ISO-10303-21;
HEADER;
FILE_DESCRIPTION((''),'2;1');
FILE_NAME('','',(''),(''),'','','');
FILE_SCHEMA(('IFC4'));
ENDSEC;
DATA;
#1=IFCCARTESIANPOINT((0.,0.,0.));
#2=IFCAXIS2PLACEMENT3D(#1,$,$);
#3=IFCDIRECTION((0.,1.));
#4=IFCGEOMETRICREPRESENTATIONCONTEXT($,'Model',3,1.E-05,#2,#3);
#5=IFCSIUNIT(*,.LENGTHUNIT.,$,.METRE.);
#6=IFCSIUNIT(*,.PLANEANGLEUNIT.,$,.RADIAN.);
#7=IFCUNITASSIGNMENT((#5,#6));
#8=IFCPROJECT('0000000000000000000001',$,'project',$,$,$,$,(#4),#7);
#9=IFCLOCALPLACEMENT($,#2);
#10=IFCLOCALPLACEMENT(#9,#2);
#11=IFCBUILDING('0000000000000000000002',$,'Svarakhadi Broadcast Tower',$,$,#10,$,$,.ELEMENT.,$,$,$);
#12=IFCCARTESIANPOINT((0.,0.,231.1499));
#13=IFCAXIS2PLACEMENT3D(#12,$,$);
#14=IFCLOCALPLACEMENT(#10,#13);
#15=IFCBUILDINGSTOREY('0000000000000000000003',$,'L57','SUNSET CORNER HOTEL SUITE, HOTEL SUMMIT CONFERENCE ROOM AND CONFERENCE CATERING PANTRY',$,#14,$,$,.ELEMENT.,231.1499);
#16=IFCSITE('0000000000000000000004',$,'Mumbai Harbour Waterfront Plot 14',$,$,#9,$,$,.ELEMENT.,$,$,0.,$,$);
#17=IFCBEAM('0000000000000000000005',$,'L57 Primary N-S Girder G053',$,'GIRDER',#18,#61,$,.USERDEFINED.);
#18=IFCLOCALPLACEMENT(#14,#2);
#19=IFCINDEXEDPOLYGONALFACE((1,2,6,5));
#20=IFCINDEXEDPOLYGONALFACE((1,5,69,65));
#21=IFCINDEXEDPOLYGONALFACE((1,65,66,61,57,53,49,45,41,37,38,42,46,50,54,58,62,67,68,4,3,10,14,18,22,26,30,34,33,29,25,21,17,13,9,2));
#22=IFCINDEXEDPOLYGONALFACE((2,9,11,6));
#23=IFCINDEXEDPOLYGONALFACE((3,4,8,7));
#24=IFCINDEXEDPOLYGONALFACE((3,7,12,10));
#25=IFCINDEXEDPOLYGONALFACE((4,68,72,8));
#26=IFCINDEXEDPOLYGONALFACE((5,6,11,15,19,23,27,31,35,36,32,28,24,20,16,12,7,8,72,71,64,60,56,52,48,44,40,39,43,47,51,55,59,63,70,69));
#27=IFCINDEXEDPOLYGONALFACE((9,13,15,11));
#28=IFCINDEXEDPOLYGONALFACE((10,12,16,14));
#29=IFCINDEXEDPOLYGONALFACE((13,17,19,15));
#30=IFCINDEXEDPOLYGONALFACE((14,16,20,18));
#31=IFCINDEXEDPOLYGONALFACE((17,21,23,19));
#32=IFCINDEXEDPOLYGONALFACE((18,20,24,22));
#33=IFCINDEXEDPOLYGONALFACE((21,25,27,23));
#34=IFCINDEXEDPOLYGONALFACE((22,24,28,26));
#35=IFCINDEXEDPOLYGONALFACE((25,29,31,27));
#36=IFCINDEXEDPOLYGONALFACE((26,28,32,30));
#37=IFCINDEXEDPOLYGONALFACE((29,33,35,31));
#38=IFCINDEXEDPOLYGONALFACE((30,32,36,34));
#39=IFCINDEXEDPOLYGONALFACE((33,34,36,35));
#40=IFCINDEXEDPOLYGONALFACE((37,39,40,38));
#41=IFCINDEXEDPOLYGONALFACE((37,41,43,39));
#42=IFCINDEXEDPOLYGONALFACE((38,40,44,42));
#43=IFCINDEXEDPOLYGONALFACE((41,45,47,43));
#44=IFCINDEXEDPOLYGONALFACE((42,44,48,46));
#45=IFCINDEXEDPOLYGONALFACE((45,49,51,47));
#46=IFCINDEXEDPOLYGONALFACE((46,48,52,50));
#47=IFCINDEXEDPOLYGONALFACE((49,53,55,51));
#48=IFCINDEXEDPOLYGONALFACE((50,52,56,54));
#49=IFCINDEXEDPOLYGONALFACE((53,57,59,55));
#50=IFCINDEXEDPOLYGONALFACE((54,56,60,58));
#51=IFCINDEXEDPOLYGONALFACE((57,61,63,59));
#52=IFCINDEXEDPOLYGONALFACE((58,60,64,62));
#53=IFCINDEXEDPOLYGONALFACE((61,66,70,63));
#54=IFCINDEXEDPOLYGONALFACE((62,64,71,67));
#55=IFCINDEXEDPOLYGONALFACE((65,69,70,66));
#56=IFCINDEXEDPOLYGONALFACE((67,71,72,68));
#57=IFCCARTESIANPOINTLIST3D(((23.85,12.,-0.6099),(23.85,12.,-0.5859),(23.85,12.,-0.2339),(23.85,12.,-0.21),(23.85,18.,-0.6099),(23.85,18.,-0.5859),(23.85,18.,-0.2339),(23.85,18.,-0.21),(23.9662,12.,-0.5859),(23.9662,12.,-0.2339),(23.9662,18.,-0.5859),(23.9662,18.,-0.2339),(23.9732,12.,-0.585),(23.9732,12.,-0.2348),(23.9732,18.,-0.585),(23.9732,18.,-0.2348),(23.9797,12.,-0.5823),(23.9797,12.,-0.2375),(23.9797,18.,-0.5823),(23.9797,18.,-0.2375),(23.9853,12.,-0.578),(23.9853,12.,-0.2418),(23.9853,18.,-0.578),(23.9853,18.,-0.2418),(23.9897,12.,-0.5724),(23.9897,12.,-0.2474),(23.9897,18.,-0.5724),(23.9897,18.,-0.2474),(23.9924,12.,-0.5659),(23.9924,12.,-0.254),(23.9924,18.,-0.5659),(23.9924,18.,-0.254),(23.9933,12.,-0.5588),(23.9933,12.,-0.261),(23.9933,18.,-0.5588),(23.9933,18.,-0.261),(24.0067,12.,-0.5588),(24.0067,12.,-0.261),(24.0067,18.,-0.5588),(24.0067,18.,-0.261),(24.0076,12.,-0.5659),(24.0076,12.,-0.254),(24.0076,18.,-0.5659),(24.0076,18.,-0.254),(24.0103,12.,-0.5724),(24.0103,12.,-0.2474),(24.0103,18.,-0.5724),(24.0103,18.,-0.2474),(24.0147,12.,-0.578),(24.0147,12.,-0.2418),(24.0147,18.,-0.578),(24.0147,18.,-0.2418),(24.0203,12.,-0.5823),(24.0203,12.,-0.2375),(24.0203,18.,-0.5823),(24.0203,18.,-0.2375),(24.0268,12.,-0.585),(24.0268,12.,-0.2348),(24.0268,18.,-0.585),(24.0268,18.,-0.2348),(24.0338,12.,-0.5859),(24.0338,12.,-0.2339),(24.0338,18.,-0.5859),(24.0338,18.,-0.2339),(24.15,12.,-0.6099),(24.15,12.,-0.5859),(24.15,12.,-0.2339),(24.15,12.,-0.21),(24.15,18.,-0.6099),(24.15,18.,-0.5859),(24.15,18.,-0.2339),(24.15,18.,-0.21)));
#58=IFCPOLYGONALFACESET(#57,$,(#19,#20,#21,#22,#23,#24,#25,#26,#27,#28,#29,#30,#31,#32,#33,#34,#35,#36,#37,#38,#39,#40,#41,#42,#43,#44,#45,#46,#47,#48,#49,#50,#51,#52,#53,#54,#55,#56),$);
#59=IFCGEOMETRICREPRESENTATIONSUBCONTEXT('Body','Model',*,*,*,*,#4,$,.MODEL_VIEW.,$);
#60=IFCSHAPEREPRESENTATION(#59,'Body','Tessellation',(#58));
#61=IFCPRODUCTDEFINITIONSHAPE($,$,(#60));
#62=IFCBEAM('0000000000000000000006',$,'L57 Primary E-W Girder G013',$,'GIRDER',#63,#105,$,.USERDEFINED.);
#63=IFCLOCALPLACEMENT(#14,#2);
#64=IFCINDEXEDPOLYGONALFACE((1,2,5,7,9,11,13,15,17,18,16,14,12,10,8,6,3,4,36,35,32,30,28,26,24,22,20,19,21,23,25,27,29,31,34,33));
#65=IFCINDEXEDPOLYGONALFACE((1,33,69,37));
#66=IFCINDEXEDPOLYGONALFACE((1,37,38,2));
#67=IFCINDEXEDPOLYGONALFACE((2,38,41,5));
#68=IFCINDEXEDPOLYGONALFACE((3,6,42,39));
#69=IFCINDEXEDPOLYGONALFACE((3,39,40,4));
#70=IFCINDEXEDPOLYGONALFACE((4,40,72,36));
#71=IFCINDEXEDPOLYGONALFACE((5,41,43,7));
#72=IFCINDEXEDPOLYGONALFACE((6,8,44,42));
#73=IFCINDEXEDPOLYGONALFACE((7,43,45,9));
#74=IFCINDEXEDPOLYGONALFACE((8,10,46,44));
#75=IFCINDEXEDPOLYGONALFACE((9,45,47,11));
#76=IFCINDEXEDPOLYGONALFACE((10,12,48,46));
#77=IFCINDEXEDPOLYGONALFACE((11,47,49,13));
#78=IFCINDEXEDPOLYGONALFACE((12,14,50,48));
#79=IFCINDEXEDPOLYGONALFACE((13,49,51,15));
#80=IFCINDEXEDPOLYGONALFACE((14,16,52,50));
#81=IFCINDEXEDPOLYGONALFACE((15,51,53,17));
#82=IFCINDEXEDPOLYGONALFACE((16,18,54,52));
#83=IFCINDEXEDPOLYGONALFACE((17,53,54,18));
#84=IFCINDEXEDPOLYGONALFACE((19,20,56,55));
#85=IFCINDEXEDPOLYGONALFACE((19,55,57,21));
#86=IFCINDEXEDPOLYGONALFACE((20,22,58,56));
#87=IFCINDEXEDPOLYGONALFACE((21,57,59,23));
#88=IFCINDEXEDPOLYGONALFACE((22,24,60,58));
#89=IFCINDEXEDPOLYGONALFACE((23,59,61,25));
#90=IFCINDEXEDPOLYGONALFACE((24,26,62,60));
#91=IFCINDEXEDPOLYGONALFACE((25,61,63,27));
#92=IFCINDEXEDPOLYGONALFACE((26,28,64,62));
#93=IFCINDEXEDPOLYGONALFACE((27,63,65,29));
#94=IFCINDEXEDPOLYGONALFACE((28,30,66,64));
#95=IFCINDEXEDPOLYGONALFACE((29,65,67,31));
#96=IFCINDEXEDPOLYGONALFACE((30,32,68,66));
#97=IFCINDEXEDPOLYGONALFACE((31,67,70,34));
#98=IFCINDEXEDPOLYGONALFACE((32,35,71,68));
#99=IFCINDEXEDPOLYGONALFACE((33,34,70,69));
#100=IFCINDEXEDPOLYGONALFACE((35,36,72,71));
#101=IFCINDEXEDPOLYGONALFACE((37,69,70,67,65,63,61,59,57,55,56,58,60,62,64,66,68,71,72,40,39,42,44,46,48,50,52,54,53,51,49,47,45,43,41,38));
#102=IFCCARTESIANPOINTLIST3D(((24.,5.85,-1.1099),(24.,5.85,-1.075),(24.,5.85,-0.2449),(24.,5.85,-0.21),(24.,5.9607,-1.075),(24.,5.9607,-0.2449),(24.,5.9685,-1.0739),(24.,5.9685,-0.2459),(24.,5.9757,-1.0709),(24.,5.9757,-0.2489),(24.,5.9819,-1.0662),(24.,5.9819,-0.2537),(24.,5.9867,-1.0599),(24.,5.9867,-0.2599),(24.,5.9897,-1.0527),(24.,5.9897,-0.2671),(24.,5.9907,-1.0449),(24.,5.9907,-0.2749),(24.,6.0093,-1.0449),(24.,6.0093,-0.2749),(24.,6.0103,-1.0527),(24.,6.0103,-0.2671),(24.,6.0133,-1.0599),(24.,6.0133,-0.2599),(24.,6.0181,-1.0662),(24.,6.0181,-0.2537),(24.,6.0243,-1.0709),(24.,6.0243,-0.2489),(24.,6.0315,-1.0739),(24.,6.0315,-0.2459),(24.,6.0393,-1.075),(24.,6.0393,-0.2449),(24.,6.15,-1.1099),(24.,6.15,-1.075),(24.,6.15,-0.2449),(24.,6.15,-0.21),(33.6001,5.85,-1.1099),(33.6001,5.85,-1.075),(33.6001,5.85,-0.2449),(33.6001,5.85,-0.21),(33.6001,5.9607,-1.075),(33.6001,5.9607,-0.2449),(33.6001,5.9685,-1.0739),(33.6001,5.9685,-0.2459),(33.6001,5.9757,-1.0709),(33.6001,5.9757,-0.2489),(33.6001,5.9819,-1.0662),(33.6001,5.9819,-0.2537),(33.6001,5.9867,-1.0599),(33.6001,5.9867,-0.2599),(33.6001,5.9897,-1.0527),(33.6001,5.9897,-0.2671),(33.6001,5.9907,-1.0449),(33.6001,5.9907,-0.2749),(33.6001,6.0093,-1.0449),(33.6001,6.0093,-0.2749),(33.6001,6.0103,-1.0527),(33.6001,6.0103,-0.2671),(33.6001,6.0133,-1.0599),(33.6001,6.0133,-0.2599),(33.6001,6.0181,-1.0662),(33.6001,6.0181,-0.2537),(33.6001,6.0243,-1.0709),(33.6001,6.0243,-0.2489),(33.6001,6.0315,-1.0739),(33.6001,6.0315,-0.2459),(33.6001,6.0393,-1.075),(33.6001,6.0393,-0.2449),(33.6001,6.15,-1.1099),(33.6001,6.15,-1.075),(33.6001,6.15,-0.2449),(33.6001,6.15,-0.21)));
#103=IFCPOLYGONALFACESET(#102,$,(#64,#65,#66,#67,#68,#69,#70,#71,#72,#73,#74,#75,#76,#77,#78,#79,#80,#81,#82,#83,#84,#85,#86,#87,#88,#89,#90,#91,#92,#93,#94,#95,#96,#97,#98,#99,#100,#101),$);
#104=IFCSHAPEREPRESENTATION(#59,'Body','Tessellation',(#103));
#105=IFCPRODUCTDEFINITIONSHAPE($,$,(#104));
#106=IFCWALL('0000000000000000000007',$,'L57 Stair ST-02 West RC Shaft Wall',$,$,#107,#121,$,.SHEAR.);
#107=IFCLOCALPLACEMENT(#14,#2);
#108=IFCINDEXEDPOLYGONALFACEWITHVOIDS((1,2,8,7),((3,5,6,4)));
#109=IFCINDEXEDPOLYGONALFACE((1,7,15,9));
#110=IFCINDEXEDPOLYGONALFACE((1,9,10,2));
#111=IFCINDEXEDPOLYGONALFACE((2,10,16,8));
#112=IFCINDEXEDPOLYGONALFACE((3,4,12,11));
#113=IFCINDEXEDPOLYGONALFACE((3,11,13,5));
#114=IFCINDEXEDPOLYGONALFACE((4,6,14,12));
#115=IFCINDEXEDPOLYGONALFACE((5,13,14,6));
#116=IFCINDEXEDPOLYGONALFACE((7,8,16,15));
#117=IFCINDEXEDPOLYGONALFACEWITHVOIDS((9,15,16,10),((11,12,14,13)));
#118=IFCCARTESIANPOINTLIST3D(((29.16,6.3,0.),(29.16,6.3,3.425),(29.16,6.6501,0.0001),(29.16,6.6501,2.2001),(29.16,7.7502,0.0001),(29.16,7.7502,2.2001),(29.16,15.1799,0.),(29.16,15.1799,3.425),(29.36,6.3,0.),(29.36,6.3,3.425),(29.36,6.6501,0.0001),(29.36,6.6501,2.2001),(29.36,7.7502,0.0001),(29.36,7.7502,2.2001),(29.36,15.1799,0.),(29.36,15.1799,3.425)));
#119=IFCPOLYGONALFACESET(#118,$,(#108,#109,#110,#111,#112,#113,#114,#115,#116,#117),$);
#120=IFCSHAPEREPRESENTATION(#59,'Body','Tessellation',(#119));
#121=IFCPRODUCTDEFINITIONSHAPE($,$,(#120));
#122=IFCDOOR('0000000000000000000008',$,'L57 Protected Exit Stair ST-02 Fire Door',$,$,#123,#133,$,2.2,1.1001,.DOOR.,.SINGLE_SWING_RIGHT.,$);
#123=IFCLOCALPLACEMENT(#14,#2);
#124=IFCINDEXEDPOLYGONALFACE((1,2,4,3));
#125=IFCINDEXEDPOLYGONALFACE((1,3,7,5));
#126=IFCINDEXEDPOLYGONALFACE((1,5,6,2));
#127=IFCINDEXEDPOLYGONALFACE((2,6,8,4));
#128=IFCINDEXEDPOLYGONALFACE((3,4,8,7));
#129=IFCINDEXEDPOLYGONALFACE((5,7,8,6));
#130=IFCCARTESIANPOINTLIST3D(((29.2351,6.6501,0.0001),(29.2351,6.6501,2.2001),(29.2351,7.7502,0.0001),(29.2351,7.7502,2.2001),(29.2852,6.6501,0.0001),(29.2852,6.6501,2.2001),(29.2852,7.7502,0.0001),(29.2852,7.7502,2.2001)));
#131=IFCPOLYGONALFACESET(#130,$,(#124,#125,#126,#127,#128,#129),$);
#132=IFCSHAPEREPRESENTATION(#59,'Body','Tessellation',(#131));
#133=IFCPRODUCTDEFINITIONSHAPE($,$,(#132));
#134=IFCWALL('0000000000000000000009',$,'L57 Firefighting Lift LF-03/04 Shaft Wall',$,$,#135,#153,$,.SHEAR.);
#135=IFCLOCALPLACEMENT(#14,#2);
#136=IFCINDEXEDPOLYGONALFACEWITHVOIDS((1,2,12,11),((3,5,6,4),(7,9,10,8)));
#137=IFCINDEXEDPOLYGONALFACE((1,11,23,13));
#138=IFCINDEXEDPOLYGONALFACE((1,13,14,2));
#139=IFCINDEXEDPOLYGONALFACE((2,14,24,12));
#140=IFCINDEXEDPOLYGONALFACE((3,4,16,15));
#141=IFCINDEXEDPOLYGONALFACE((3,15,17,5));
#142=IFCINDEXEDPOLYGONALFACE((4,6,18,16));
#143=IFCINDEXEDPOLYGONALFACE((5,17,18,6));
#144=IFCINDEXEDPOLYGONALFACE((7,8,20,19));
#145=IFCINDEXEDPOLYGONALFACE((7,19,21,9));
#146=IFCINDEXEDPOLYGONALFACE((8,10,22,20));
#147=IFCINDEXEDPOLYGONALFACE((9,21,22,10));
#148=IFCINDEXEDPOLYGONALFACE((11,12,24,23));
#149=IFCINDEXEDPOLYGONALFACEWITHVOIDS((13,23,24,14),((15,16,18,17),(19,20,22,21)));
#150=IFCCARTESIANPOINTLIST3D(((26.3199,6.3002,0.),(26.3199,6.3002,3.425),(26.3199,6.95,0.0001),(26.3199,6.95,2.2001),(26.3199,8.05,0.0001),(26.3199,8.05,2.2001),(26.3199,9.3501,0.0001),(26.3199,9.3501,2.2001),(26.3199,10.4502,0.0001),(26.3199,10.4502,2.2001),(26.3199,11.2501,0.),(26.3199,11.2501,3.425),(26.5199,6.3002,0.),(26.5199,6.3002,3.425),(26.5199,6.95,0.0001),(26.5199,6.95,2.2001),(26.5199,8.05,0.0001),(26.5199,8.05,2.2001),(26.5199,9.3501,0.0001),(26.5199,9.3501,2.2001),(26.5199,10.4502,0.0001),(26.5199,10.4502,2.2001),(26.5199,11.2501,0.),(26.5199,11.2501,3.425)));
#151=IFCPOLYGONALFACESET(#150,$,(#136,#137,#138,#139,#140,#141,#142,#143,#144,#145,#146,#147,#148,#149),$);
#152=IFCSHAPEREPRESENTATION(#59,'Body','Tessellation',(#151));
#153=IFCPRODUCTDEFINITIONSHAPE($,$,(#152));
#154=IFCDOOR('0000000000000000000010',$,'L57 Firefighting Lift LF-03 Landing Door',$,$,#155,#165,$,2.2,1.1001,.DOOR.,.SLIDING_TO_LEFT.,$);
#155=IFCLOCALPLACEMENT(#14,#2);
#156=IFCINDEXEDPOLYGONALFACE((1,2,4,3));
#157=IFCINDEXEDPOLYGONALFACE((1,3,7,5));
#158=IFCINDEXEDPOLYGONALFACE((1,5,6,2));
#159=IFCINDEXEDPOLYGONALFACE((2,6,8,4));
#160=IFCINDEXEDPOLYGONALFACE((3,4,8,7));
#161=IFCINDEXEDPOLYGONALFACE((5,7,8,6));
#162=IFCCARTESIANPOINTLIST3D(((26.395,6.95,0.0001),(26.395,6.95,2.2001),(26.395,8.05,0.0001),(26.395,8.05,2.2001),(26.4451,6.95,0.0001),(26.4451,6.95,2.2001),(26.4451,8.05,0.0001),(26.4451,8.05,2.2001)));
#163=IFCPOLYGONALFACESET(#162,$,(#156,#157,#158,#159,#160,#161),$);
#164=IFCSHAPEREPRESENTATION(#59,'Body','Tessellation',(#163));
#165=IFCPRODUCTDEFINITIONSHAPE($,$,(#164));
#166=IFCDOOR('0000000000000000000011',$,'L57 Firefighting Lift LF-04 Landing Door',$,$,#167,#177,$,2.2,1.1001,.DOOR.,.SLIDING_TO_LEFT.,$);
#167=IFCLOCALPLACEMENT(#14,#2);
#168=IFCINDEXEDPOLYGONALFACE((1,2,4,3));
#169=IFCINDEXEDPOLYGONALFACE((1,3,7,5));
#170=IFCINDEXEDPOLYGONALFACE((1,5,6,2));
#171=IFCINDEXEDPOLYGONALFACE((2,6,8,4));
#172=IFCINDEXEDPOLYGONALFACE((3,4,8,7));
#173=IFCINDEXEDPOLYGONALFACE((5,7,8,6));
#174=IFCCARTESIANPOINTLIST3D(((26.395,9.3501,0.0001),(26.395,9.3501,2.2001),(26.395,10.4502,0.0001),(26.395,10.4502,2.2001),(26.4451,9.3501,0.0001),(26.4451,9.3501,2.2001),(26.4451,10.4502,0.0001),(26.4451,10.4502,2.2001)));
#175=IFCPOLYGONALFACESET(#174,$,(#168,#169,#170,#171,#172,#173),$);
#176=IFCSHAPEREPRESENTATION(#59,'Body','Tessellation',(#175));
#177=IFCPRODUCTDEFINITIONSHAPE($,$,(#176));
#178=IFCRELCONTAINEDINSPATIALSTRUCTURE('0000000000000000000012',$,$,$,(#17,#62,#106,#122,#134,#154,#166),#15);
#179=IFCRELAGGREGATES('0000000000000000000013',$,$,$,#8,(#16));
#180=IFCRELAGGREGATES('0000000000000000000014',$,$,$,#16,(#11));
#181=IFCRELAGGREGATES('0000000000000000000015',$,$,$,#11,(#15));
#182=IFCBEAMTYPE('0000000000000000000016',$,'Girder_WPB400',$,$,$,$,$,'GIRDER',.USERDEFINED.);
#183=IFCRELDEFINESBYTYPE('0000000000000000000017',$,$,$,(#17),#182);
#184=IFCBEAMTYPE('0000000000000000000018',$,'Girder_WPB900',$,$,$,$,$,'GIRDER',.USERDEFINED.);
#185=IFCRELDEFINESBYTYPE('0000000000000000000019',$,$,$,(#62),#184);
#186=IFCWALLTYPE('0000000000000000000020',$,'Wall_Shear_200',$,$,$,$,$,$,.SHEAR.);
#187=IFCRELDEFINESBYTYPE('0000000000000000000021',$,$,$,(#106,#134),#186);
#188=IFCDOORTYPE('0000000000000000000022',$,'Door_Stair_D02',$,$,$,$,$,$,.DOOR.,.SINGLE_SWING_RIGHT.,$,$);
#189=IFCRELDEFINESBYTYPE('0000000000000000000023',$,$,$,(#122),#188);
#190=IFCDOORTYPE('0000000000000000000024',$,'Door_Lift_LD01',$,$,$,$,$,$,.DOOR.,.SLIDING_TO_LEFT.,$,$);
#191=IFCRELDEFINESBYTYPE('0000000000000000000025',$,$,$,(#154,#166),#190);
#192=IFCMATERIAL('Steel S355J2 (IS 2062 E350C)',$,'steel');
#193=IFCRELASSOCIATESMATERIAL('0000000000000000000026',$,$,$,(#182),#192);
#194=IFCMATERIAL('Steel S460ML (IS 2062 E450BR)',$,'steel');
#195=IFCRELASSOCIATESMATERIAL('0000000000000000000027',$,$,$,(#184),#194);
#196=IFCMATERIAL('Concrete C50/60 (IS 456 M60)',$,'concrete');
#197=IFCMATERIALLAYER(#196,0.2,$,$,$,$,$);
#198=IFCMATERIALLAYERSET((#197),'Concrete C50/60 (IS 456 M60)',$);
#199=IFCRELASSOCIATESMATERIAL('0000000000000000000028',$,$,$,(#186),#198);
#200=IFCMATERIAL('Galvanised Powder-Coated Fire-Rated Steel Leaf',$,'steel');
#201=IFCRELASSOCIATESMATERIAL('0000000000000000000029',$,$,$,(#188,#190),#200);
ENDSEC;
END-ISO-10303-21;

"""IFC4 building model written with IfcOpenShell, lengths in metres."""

from ifc_helpers import new_model, si_unit, direction, frame, frame_2d, origin, origin_2d, place, context, subcontext, project, spatial, rectangle, i_section, extrude, material, layer, layer_set, material_profile, profile_set, type_object, element, fill, save


model = new_model("IFC4")

# Units and contexts
model_context = context("Model", 3, precision=1e-05, world=origin(), true_north=direction((0.0, 1.0)))
body_context = subcontext(model_context, "Body", "Model", "MODEL_VIEW")
ifc_project = project(units=[si_unit("LENGTHUNIT", "METRE"), si_unit("PLANEANGLEUNIT", "RADIAN")], contexts=[model_context])

# Site, building, storey
site_placement = place(None, origin())
site = spatial("IfcSite", under=ifc_project, at=site_placement, Name="Mumbai Harbour Waterfront Plot 14", CompositionType="ELEMENT", RefElevation=0.0)
building_placement = place(site_placement, origin())
building = spatial("IfcBuilding", under=site, at=building_placement, Name="Svarakhadi Broadcast Tower", CompositionType="ELEMENT")
storey_placement = place(building_placement, frame((0.0, 0.0, 231.1499)))
storey = spatial("IfcBuildingStorey", under=building, at=storey_placement, Name="L57", Description="SUNSET CORNER HOTEL SUITE, HOTEL SUMMIT CONFERENCE ROOM AND CONFERENCE CATERING PANTRY", CompositionType="ELEMENT", Elevation=231.1499)

# Shared definitions
ifc_material_1 = material(Name="Concrete C50/60 (IS 456 M60)", Category="concrete")
ifc_material_2 = material(Name="Steel S460ML (IS 2062 E450BR)", Category="steel")

# Beams
ifc_material_3 = material(Name="Steel S355J2 (IS 2062 E350C)", Category="steel")
ifc_material_profile_1 = material_profile(ifc_material_3, i_section(OverallWidth=0.3, OverallDepth=0.3999, WebThickness=0.0134, FlangeThickness=0.0239, FilletRadius=0.0271, at=origin_2d()), Name="WPB 400x300x155")
ifc_profile_set_1 = profile_set([ifc_material_profile_1], Name="Steel S355J2 (IS 2062 E350C)")
beam_type_1 = type_object("IfcBeamType", Name="Girder_WPB400", ElementType="GIRDER", PredefinedType="USERDEFINED", material=ifc_profile_set_1)
for number, where, z_axis, x_axis, name in (
    (1, (24.0, 12.0, -0.4099), (0.0, 1.0, 0.0), (-1.0, 0.0, 0.0), "L57 Primary N-S Girder G053"),
):
    element("IfcBeam", number, at=place(storey_placement, frame(where, z_axis=z_axis, x_axis=x_axis)), inside=storey, type_object=beam_type_1, Name=name, ObjectType="GIRDER", PredefinedType="USERDEFINED", context=body_context, shape_type="SweptSolid", body=[
        extrude(i_section(OverallWidth=0.3, OverallDepth=0.3999, WebThickness=0.0134, FlangeThickness=0.0239, FilletRadius=0.0271, at=origin_2d()), origin(), (0.0, 0.0, 1.0), 6.0),
    ])
ifc_material_profile_2 = material_profile(ifc_material_2, i_section(OverallWidth=0.3, OverallDepth=0.8999, WebThickness=0.0186, FlangeThickness=0.0349, FilletRadius=0.03, at=origin_2d()), Name="WPB 900x300x291")
ifc_profile_set_2 = profile_set([ifc_material_profile_2], Name="Steel S460ML (IS 2062 E450BR)")
beam_type_2 = type_object("IfcBeamType", Name="Girder_WPB900", ElementType="GIRDER", PredefinedType="USERDEFINED", material=ifc_profile_set_2)
beam_1_placement = place(storey_placement, frame((24.0, 6.0, -0.6599), z_axis=(1.0, 0.0, 0.0), x_axis=(0.0, 1.0, 0.0)))
element("IfcBeam", 2, at=beam_1_placement, inside=storey, type_object=beam_type_2, Name="L57 Primary E-W Girder G013", ObjectType="GIRDER", PredefinedType="USERDEFINED", context=body_context, shape_type="SweptSolid", body=[
    extrude(i_section(OverallWidth=0.3, OverallDepth=0.8999, WebThickness=0.0186, FlangeThickness=0.0349, FilletRadius=0.03, at=origin_2d()), origin(), (0.0, 0.0, 1.0), 9.6001),
])

# Wall, opening, door
ifc_layer_1 = layer(ifc_material_1, 0.2)
ifc_layer_set_1 = layer_set([ifc_layer_1], Name="Concrete C50/60 (IS 456 M60)")
wall_type_1 = type_object("IfcWallType", Name="Wall_Shear_200", PredefinedType="SHEAR", material=ifc_layer_set_1)
wall_1_placement = place(storey_placement, frame((29.26, 6.3, 0.0), z_axis=(0.0, 0.0, 1.0), x_axis=(0.0, 1.0, 0.0)))
wall_1 = element("IfcWall", 3, at=wall_1_placement, inside=storey, type_object=wall_type_1, Name="L57 Stair ST-02 West RC Shaft Wall", PredefinedType="SHEAR", context=body_context, shape_type="SweptSolid", body=[
    extrude(rectangle(XDim=8.8799, YDim=0.2, at=frame_2d((4.4399, 0.0))), origin(), (0.0, 0.0, 1.0), 3.425),
])
opening_1_placement = place(wall_1_placement, frame((0.3501, 0.0, 0.0)))
opening_1 = element("IfcOpeningElement", 4, at=opening_1_placement, cuts=wall_1, PredefinedType="OPENING", context=body_context, shape_type="SweptSolid", body=[
    extrude(rectangle(XDim=1.1001, YDim=2.2, at=frame_2d((0.55, 1.1001))), frame((0.0, 0.1099, 0.0), z_axis=(0.0, -1.0, 0.0), x_axis=(1.0, 0.0, 0.0)), (0.0, 0.0, 1.0), 0.22),
])
ifc_material_4 = material(Name="Galvanised Powder-Coated Fire-Rated Steel Leaf", Category="steel")
door_type_1 = type_object("IfcDoorType", Name="Door_Stair_D02", OperationType="SINGLE_SWING_RIGHT", PredefinedType="DOOR", material=ifc_material_4)
door_1_placement = place(opening_1_placement, origin())
door_1 = element("IfcDoor", 5, at=door_1_placement, inside=storey, type_object=door_type_1, Name="L57 Protected Exit Stair ST-02 Fire Door", OperationType="SINGLE_SWING_RIGHT", OverallHeight=2.2, OverallWidth=1.1001, PredefinedType="DOOR", context=body_context, shape_type="SweptSolid", body=[
    extrude(rectangle(XDim=1.1001, YDim=2.2, at=frame_2d((0.55, 1.1001))), frame((0.0, 0.0249, 0.0), z_axis=(0.0, -1.0, 0.0), x_axis=(1.0, 0.0, 0.0)), (0.0, 0.0, 1.0), 0.05),
])
fill(opening_1, door_1)

# Wall, openings, doors
wall_2_placement = place(storey_placement, frame((26.4199, 6.3, 0.0), z_axis=(0.0, 0.0, 1.0), x_axis=(0.0, 1.0, 0.0)))
wall_2 = element("IfcWall", 6, at=wall_2_placement, inside=storey, type_object=wall_type_1, Name="L57 Firefighting Lift LF-03/04 Shaft Wall", PredefinedType="SHEAR", context=body_context, shape_type="SweptSolid", body=[
    extrude(rectangle(XDim=4.95, YDim=0.2, at=frame_2d((2.4751, 0.0))), origin(), (0.0, 0.0, 1.0), 3.425),
])
opening_2_placement = place(wall_2_placement, frame((0.6499, 0.0, 0.0)))
opening_2 = element("IfcOpeningElement", 7, at=opening_2_placement, cuts=wall_2, PredefinedType="OPENING", context=body_context, shape_type="SweptSolid", body=[
    extrude(rectangle(XDim=1.1001, YDim=2.2, at=frame_2d((0.55, 1.1001))), frame((0.0, 0.1099, 0.0), z_axis=(0.0, -1.0, 0.0), x_axis=(1.0, 0.0, 0.0)), (0.0, 0.0, 1.0), 0.22),
])
opening_3_placement = place(wall_2_placement, frame((3.05, 0.0, 0.0)))
opening_3 = element("IfcOpeningElement", 8, at=opening_3_placement, cuts=wall_2, PredefinedType="OPENING", context=body_context, shape_type="SweptSolid", body=[
    extrude(rectangle(XDim=1.1001, YDim=2.2, at=frame_2d((0.55, 1.1001))), frame((0.0, 0.1099, 0.0), z_axis=(0.0, -1.0, 0.0), x_axis=(1.0, 0.0, 0.0)), (0.0, 0.0, 1.0), 0.22),
])
door_type_2 = type_object("IfcDoorType", Name="Door_Lift_LD01", OperationType="SLIDING_TO_LEFT", PredefinedType="DOOR", material=ifc_material_4)
door_2_placement = place(opening_2_placement, origin())
door_2 = element("IfcDoor", 9, at=door_2_placement, inside=storey, type_object=door_type_2, Name="L57 Firefighting Lift LF-03 Landing Door", OperationType="SLIDING_TO_LEFT", OverallHeight=2.2, OverallWidth=1.1001, PredefinedType="DOOR", context=body_context, shape_type="SweptSolid", body=[
    extrude(rectangle(XDim=1.1001, YDim=2.2, at=frame_2d((0.55, 1.1001))), frame((0.0, 0.0249, 0.0), z_axis=(0.0, -1.0, 0.0), x_axis=(1.0, 0.0, 0.0)), (0.0, 0.0, 1.0), 0.05),
])
fill(opening_2, door_2)
door_3_placement = place(opening_3_placement, origin())
door_3 = element("IfcDoor", 10, at=door_3_placement, inside=storey, type_object=door_type_2, Name="L57 Firefighting Lift LF-04 Landing Door", OperationType="SLIDING_TO_LEFT", OverallHeight=2.2, OverallWidth=1.1001, PredefinedType="DOOR", context=body_context, shape_type="SweptSolid", body=[
    extrude(rectangle(XDim=1.1001, YDim=2.2, at=frame_2d((0.55, 1.1001))), frame((0.0, 0.0249, 0.0), z_axis=(0.0, -1.0, 0.0), x_axis=(1.0, 0.0, 0.0)), (0.0, 0.0, 1.0), 0.05),
])
fill(opening_3, door_3)

save(model, "model.ifc")
